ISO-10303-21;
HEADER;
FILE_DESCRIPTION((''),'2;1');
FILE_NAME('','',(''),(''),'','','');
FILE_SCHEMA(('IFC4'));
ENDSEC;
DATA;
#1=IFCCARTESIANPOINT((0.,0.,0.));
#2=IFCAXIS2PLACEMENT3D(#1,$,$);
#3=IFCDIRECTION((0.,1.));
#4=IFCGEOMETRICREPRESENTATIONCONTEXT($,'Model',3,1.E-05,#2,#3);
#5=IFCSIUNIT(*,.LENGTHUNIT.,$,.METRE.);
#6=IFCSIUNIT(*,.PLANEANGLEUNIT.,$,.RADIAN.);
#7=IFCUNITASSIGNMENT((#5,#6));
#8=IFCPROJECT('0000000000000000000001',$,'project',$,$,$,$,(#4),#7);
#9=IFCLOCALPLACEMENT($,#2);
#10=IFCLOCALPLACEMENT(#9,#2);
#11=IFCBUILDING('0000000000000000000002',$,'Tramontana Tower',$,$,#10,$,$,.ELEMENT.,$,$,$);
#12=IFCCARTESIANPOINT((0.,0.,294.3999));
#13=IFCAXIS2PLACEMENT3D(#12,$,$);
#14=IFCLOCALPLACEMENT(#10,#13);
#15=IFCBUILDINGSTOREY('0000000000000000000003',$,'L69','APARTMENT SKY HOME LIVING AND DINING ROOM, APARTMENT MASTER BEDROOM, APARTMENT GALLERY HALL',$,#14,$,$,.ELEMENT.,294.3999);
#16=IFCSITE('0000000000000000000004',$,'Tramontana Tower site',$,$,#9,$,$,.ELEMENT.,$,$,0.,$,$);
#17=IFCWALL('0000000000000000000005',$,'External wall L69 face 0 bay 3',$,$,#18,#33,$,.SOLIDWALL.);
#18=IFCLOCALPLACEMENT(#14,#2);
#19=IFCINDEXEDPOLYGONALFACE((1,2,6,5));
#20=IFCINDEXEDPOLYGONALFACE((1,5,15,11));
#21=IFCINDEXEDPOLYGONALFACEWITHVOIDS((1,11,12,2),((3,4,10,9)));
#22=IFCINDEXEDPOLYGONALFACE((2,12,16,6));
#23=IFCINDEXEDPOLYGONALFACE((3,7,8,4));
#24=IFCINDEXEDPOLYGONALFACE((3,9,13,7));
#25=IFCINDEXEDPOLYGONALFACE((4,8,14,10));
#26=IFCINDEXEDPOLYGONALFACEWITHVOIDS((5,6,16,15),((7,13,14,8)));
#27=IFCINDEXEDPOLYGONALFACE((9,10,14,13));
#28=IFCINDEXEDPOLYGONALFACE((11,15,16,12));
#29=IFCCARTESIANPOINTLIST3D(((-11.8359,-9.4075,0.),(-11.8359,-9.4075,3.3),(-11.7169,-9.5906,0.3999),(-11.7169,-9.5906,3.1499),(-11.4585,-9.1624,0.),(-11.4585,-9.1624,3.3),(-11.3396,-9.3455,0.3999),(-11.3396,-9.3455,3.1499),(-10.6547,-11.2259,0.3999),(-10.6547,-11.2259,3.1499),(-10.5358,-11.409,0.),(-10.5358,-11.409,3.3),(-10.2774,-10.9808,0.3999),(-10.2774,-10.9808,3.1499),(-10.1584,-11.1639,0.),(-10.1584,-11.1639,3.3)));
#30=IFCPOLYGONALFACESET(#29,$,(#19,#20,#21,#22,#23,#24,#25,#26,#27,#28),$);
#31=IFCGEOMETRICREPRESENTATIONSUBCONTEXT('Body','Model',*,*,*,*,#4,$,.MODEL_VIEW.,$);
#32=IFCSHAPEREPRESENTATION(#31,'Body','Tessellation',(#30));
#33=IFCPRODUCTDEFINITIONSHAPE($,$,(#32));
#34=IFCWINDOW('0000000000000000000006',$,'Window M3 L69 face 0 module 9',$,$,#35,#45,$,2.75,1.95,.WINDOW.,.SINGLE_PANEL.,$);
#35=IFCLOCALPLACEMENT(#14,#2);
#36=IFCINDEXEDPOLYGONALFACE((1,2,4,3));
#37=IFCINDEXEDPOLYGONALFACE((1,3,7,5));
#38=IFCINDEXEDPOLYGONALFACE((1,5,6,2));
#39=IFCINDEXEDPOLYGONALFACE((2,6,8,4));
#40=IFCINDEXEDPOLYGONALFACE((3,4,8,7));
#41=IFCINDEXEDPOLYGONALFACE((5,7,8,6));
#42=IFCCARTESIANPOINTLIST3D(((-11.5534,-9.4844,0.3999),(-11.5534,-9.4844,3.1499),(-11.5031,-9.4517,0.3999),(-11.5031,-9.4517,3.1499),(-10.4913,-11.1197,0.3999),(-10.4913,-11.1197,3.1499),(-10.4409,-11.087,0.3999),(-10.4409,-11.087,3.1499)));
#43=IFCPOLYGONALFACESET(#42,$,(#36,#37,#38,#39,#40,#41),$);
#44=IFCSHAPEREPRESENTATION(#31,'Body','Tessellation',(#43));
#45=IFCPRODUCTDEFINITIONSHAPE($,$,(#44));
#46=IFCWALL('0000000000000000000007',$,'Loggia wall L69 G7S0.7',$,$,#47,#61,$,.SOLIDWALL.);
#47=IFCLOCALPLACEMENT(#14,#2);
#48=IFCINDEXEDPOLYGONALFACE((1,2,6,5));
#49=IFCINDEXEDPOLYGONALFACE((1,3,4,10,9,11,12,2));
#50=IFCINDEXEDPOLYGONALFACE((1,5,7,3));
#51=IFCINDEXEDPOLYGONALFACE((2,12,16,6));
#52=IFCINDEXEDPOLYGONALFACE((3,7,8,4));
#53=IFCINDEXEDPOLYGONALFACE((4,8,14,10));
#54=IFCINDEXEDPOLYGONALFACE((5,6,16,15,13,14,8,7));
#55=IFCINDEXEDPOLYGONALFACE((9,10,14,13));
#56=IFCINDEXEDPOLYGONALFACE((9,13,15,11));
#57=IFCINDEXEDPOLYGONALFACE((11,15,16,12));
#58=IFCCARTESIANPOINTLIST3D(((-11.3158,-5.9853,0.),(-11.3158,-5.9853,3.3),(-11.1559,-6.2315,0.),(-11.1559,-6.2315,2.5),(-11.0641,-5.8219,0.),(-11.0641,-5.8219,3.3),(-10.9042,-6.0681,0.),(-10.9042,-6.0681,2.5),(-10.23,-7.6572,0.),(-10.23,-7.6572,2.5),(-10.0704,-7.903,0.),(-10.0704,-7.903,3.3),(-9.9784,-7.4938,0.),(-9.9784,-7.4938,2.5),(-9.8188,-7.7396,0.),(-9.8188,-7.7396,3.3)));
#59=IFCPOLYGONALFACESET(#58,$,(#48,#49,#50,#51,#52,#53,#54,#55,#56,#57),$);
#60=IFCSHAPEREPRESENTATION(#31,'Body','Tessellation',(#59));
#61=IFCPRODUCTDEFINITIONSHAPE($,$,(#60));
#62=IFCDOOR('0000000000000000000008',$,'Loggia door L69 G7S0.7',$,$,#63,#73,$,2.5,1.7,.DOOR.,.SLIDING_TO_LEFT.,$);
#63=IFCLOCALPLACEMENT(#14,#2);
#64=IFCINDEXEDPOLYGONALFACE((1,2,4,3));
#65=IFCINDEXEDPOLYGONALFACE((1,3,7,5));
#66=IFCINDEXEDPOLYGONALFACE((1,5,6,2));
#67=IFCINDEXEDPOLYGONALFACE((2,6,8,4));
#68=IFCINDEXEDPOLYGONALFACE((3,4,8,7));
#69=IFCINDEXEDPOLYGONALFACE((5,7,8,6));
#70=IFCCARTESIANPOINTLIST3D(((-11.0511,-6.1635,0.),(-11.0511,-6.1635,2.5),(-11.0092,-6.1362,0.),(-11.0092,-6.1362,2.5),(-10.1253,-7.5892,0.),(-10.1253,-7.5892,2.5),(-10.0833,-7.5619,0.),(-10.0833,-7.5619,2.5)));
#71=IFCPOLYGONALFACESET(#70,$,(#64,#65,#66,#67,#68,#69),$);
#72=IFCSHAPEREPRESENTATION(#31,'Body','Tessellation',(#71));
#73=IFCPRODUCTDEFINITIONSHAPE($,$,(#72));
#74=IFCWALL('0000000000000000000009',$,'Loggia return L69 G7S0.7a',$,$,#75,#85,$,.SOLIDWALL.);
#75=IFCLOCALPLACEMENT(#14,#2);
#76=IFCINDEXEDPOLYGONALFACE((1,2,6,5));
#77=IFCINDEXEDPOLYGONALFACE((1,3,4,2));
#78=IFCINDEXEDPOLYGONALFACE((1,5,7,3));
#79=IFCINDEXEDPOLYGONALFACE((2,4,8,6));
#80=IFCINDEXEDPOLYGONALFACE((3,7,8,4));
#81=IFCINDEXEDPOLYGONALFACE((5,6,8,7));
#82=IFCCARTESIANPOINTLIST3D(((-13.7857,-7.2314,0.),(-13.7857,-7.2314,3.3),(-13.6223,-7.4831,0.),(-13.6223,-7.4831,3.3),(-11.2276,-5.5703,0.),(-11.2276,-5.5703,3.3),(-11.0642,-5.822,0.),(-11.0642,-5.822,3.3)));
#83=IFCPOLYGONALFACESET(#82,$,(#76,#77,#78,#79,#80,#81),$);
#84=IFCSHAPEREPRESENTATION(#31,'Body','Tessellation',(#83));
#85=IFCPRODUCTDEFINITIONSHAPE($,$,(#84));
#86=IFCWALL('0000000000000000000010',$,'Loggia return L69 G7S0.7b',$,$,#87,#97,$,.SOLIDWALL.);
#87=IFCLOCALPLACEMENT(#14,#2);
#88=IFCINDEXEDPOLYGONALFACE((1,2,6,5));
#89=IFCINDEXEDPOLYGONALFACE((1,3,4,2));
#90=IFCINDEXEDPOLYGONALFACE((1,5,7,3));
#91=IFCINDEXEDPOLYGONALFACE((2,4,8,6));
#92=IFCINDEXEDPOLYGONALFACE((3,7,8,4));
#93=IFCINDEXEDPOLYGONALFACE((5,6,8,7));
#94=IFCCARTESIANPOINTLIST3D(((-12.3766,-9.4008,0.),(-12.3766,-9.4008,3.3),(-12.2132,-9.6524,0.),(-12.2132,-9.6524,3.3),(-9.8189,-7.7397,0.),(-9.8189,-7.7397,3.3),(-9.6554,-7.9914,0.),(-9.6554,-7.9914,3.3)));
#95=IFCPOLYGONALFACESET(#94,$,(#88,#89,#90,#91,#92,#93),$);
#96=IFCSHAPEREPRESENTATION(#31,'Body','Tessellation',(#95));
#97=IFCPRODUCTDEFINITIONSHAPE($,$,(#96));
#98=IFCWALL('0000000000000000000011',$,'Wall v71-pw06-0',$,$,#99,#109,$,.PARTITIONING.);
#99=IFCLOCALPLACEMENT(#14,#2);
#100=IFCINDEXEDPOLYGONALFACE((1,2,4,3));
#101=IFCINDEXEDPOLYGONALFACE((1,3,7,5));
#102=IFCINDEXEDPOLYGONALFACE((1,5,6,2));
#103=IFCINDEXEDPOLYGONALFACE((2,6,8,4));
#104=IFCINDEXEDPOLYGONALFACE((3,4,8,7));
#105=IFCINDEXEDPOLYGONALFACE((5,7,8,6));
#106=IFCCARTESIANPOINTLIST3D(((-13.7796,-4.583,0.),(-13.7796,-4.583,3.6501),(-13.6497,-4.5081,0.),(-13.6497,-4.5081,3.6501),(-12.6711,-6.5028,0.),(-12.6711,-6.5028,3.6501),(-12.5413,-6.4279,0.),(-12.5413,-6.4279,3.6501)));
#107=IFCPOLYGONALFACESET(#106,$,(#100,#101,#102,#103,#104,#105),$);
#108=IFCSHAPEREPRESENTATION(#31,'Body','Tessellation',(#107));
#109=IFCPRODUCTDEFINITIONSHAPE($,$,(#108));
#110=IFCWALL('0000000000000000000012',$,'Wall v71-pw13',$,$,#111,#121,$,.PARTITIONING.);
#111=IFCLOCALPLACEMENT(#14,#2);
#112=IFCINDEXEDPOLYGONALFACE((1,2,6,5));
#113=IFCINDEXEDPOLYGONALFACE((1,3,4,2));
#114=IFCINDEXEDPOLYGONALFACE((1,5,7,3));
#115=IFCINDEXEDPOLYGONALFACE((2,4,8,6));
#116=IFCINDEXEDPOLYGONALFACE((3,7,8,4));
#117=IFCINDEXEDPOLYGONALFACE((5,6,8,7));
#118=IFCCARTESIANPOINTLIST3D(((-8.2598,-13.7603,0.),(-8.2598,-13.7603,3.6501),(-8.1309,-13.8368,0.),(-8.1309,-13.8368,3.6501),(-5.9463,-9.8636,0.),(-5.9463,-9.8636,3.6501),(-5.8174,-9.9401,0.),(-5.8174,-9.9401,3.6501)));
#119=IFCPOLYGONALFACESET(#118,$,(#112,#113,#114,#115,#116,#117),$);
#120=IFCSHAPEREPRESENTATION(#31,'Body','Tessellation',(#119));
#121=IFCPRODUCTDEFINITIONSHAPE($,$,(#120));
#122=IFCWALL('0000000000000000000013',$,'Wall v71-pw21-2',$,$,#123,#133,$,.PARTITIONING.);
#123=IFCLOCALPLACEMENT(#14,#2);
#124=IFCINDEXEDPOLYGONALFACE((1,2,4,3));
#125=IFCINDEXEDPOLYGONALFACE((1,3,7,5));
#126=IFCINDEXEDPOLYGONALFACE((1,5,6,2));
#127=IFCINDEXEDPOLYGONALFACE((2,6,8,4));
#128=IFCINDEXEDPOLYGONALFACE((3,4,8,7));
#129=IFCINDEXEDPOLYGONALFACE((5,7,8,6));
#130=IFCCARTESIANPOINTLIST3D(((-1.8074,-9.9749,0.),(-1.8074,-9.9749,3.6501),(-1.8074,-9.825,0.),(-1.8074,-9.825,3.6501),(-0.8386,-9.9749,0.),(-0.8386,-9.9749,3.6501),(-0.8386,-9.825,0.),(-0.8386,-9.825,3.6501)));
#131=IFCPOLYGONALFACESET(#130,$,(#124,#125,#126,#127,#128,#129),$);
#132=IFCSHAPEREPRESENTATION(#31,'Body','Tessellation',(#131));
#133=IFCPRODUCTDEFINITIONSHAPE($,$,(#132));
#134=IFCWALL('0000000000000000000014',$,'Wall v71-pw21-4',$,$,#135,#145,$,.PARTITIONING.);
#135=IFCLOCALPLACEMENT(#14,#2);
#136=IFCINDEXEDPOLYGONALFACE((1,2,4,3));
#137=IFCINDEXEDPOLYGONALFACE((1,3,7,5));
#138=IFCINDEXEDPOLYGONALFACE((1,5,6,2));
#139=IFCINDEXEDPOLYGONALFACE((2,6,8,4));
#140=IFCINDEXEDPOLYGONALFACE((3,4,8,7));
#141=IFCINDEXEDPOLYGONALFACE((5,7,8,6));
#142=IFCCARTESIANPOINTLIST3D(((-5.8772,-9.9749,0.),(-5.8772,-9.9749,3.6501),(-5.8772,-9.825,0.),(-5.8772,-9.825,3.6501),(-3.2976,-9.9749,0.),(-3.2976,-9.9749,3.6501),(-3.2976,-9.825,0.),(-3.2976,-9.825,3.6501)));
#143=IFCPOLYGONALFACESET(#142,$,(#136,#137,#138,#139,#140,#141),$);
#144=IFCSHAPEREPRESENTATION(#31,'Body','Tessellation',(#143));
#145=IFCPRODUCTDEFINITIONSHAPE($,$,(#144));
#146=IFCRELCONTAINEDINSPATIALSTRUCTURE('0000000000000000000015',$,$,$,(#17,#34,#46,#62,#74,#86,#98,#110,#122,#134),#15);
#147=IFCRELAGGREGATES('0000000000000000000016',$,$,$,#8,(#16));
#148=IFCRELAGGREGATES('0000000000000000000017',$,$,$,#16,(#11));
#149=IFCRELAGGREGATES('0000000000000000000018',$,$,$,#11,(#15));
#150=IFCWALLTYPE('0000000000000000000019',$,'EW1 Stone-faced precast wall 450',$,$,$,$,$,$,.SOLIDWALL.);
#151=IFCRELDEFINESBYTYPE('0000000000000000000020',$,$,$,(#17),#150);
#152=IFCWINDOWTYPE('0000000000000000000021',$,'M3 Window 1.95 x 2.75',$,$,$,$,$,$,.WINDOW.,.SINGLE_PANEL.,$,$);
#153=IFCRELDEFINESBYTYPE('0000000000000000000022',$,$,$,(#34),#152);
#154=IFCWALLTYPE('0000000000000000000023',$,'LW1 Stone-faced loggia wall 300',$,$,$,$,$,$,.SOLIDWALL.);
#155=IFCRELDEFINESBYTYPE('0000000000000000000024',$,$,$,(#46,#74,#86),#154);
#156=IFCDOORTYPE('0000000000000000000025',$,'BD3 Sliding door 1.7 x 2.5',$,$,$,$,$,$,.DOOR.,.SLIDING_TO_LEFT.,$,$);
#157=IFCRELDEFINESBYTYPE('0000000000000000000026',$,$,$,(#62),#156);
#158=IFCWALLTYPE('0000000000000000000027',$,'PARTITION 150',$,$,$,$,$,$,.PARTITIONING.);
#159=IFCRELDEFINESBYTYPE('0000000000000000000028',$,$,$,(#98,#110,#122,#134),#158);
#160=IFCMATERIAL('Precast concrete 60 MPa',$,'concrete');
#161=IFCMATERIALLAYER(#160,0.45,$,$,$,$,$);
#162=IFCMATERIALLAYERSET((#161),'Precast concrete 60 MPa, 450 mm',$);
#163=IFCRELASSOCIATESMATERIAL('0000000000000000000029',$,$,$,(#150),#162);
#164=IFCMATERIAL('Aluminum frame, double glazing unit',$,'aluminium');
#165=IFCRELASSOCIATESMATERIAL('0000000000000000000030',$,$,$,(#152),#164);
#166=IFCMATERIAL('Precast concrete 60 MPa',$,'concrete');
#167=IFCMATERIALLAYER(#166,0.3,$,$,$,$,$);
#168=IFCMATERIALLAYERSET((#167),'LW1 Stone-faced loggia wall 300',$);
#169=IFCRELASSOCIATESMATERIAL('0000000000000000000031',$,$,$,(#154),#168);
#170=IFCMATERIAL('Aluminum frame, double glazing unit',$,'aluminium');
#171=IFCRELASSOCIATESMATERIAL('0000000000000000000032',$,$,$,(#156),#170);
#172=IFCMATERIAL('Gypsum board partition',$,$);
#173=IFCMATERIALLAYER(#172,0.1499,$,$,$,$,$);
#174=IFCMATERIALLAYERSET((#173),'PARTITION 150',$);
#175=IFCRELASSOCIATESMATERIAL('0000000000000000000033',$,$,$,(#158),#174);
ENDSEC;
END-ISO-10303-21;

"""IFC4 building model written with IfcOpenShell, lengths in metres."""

from ifc_helpers import new_model, si_unit, direction, frame, frame_2d, origin, place, context, subcontext, project, spatial, rectangle, extrude, material, layer, layer_set, type_object, element, fill, save


model = new_model("IFC4")

# Units and contexts
model_context = context("Model", 3, precision=1e-05, world=origin(), true_north=direction((0.0, 1.0)))
body_context = subcontext(model_context, "Body", "Model", "MODEL_VIEW")
ifc_project = project(units=[si_unit("LENGTHUNIT", "METRE"), si_unit("PLANEANGLEUNIT", "RADIAN")], contexts=[model_context])

# Site, building, storey
site_placement = place(None, origin())
site = spatial("IfcSite", under=ifc_project, at=site_placement, Name="Tramontana Tower site", CompositionType="ELEMENT", RefElevation=0.0)
building_placement = place(site_placement, origin())
building = spatial("IfcBuilding", under=site, at=building_placement, Name="Tramontana Tower", CompositionType="ELEMENT")
storey_placement = place(building_placement, frame((0.0, 0.0, 294.3999)))
storey = spatial("IfcBuildingStorey", under=building, at=storey_placement, Name="L69", Description="APARTMENT SKY HOME LIVING AND DINING ROOM, APARTMENT MASTER BEDROOM, APARTMENT GALLERY HALL", CompositionType="ELEMENT", Elevation=294.3999)

# Wall, opening, window
ifc_material_1 = material(Name="Precast concrete 60 MPa", Category="concrete")
ifc_layer_1 = layer(ifc_material_1, 0.45)
ifc_layer_set_1 = layer_set([ifc_layer_1], Name="Precast concrete 60 MPa, 450 mm")
wall_type_1 = type_object("IfcWallType", Name="EW1 Stone-faced precast wall 450", PredefinedType="SOLIDWALL", material=ifc_layer_set_1)
wall_1_placement = place(storey_placement, frame((-11.6472, -9.2849, 0.0), z_axis=(0.0, 0.0, 1.0), x_axis=(0.544722, -0.838617, 0.0)))
wall_1 = element("IfcWall", 1, at=wall_1_placement, inside=storey, type_object=wall_type_1, Name="External wall L69 face 0 bay 3", PredefinedType="SOLIDWALL", context=body_context, shape_type="SweptSolid", body=[
    extrude(rectangle(XDim=2.3867, YDim=0.45, at=frame_2d((1.1934, 0.0))), origin(), (0.0, 0.0, 1.0), 3.3),
])
opening_1_placement = place(wall_1_placement, frame((0.2183, 0.0, 0.3999)))
opening_1 = element("IfcOpeningElement", 2, at=opening_1_placement, cuts=wall_1, PredefinedType="OPENING", context=body_context, shape_type="SweptSolid", body=[
    extrude(rectangle(XDim=1.95, YDim=2.75, at=frame_2d((0.9751, 1.375))), frame((0.0, 0.2349, 0.0), z_axis=(0.0, -1.0, 0.0), x_axis=(1.0, 0.0, 0.0)), (0.0, 0.0, 1.0), 0.47),
])
ifc_material_2 = material(Name="Aluminum frame, double glazing unit", Category="aluminium")
window_type = type_object("IfcWindowType", Name="M3 Window 1.95 x 2.75", PartitioningType="SINGLE_PANEL", PredefinedType="WINDOW", material=ifc_material_2)
window_placement = place(opening_1_placement, origin())
window = element("IfcWindow", 3, at=window_placement, inside=storey, type_object=window_type, Name="Window M3 L69 face 0 module 9", OverallHeight=2.75, OverallWidth=1.95, PartitioningType="SINGLE_PANEL", PredefinedType="WINDOW", context=body_context, shape_type="SweptSolid", body=[
    extrude(rectangle(XDim=1.95, YDim=2.75, at=frame_2d((0.9751, 1.375))), frame((0.0, 0.03, 0.0), z_axis=(0.0, -1.0, 0.0), x_axis=(1.0, 0.0, 0.0)), (0.0, 0.0, 1.0), 0.0601),
])
fill(opening_1, window)

# Wall, opening, door
ifc_material_3 = material(Name="Precast concrete 60 MPa", Category="concrete")
ifc_layer_2 = layer(ifc_material_3, 0.3)
ifc_layer_set_2 = layer_set([ifc_layer_2], Name="LW1 Stone-faced loggia wall 300")
wall_type_2 = type_object("IfcWallType", Name="LW1 Stone-faced loggia wall 300", PredefinedType="SOLIDWALL", material=ifc_layer_set_2)
wall_2_placement = place(storey_placement, frame((-11.1899, -5.9036, 0.0), z_axis=(0.0, 0.0, 1.0), x_axis=(0.544632, -0.838675, 0.0)))
wall_2 = element("IfcWall", 4, at=wall_2_placement, inside=storey, type_object=wall_type_2, Name="Loggia wall L69 G7S0.7", PredefinedType="SOLIDWALL", context=body_context, shape_type="SweptSolid", body=[
    extrude(rectangle(XDim=2.2866, YDim=0.3, at=frame_2d((1.1433, 0.0))), origin(), (0.0, 0.0, 1.0), 3.3),
])
opening_2_placement = place(wall_2_placement, frame((0.2935, 0.0, 0.0)))
opening_2 = element("IfcOpeningElement", 5, at=opening_2_placement, cuts=wall_2, PredefinedType="OPENING", context=body_context, shape_type="SweptSolid", body=[
    extrude(rectangle(XDim=1.7, YDim=2.5, at=frame_2d((0.8501, 1.25))), frame((0.0, 0.1599, 0.0), z_axis=(0.0, -1.0, 0.0), x_axis=(1.0, 0.0, 0.0)), (0.0, 0.0, 1.0), 0.3201),
])
ifc_material_4 = material(Name="Aluminum frame, double glazing unit", Category="aluminium")
door_type_1 = type_object("IfcDoorType", Name="BD3 Sliding door 1.7 x 2.5", OperationType="SLIDING_TO_LEFT", PredefinedType="DOOR", material=ifc_material_4)
door_1_placement = place(opening_2_placement, origin())
door_1 = element("IfcDoor", 6, at=door_1_placement, inside=storey, type_object=door_type_1, Name="Loggia door L69 G7S0.7", OperationType="SLIDING_TO_LEFT", OverallHeight=2.5, OverallWidth=1.7, PredefinedType="DOOR", context=body_context, shape_type="SweptSolid", body=[
    extrude(rectangle(XDim=1.7, YDim=2.5, at=frame_2d((0.8501, 1.25))), frame((0.0, 0.0249, 0.0), z_axis=(0.0, -1.0, 0.0), x_axis=(1.0, 0.0, 0.0)), (0.0, 0.0, 1.0), 0.05),
])
fill(opening_2, door_1)

# Walls
wall_3_placement = place(storey_placement, frame((-13.7039, -7.3572, 0.0), z_axis=(0.0, 0.0, 1.0), x_axis=(0.838689, 0.544611, 0.0)))
element("IfcWall", 7, at=wall_3_placement, inside=storey, type_object=wall_type_2, Name="Loggia return L69 G7S0.7a", PredefinedType="SOLIDWALL", context=body_context, shape_type="SweptSolid", body=[
    extrude(rectangle(XDim=3.05, YDim=0.3, at=frame_2d((1.5249, 0.0))), origin(), (0.0, 0.0, 1.0), 3.3),
])
wall_4_placement = place(storey_placement, frame((-12.2949, -9.5266, 0.0), z_axis=(0.0, 0.0, 1.0), x_axis=(0.838665, 0.544648, 0.0)))
element("IfcWall", 8, at=wall_4_placement, inside=storey, type_object=wall_type_2, Name="Loggia return L69 G7S0.7b", PredefinedType="SOLIDWALL", context=body_context, shape_type="SweptSolid", body=[
    extrude(rectangle(XDim=3.0498, YDim=0.3, at=frame_2d((1.5249, 0.0))), origin(), (0.0, 0.0, 1.0), 3.3),
])
ifc_material_5 = material(Name="Gypsum board partition")
ifc_layer_3 = layer(ifc_material_5, 0.1499)
ifc_layer_set_3 = layer_set([ifc_layer_3], Name="PARTITION 150")
wall_type_3 = type_object("IfcWallType", Name="PARTITION 150", PredefinedType="PARTITIONING", material=ifc_layer_set_3)
wall_5_placement = place(storey_placement, frame((-12.6062, -6.4653, 0.0), z_axis=(0.0, 0.0, 1.0), x_axis=(-0.500024, 0.866011, 0.0)))
element("IfcWall", 9, at=wall_5_placement, inside=storey, type_object=wall_type_3, Name="Wall v71-pw06-0", PredefinedType="PARTITIONING", context=body_context, shape_type="SweptSolid", body=[
    extrude(rectangle(XDim=2.2168, YDim=0.1499, at=frame_2d((1.1084, 0.0))), origin(), (0.0, 0.0, 1.0), 3.6501),
])
wall_6_placement = place(storey_placement, frame((-5.8818, -9.9019, 0.0), z_axis=(0.0, 0.0, 1.0), x_axis=(-0.510505, -0.859875, 0.0)))
element("IfcWall", 10, at=wall_6_placement, inside=storey, type_object=wall_type_3, Name="Wall v71-pw13", PredefinedType="PARTITIONING", context=body_context, shape_type="SweptSolid", body=[
    extrude(rectangle(XDim=4.5317, YDim=0.1499, at=frame_2d((2.2659, 0.0))), origin(), (0.0, 0.0, 1.0), 3.6501),
])
wall_7_placement = place(storey_placement, frame((-0.8386, -9.8999, 0.0), z_axis=(0.0, 0.0, 1.0), x_axis=(-1.0, 0.0, 0.0)))
element("IfcWall", 11, at=wall_7_placement, inside=storey, type_object=wall_type_3, Name="Wall v71-pw21-2", PredefinedType="PARTITIONING", context=body_context, shape_type="SweptSolid", body=[
    extrude(rectangle(XDim=0.9688, YDim=0.1499, at=frame_2d((0.4844, 0.0))), origin(), (0.0, 0.0, 1.0), 3.6501),
])

# Wall
wall_8_placement = place(storey_placement, frame((-3.2976, -9.8999, 0.0), z_axis=(0.0, 0.0, 1.0), x_axis=(-1.0, 0.0, 0.0)))
element("IfcWall", 12, at=wall_8_placement, inside=storey, type_object=wall_type_3, Name="Wall v71-pw21-4", PredefinedType="PARTITIONING", context=body_context, shape_type="SweptSolid", body=[
    extrude(rectangle(XDim=2.5796, YDim=0.1499, at=frame_2d((1.2898, 0.0))), origin(), (0.0, 0.0, 1.0), 3.6501),
])

save(model, "model.ifc")
